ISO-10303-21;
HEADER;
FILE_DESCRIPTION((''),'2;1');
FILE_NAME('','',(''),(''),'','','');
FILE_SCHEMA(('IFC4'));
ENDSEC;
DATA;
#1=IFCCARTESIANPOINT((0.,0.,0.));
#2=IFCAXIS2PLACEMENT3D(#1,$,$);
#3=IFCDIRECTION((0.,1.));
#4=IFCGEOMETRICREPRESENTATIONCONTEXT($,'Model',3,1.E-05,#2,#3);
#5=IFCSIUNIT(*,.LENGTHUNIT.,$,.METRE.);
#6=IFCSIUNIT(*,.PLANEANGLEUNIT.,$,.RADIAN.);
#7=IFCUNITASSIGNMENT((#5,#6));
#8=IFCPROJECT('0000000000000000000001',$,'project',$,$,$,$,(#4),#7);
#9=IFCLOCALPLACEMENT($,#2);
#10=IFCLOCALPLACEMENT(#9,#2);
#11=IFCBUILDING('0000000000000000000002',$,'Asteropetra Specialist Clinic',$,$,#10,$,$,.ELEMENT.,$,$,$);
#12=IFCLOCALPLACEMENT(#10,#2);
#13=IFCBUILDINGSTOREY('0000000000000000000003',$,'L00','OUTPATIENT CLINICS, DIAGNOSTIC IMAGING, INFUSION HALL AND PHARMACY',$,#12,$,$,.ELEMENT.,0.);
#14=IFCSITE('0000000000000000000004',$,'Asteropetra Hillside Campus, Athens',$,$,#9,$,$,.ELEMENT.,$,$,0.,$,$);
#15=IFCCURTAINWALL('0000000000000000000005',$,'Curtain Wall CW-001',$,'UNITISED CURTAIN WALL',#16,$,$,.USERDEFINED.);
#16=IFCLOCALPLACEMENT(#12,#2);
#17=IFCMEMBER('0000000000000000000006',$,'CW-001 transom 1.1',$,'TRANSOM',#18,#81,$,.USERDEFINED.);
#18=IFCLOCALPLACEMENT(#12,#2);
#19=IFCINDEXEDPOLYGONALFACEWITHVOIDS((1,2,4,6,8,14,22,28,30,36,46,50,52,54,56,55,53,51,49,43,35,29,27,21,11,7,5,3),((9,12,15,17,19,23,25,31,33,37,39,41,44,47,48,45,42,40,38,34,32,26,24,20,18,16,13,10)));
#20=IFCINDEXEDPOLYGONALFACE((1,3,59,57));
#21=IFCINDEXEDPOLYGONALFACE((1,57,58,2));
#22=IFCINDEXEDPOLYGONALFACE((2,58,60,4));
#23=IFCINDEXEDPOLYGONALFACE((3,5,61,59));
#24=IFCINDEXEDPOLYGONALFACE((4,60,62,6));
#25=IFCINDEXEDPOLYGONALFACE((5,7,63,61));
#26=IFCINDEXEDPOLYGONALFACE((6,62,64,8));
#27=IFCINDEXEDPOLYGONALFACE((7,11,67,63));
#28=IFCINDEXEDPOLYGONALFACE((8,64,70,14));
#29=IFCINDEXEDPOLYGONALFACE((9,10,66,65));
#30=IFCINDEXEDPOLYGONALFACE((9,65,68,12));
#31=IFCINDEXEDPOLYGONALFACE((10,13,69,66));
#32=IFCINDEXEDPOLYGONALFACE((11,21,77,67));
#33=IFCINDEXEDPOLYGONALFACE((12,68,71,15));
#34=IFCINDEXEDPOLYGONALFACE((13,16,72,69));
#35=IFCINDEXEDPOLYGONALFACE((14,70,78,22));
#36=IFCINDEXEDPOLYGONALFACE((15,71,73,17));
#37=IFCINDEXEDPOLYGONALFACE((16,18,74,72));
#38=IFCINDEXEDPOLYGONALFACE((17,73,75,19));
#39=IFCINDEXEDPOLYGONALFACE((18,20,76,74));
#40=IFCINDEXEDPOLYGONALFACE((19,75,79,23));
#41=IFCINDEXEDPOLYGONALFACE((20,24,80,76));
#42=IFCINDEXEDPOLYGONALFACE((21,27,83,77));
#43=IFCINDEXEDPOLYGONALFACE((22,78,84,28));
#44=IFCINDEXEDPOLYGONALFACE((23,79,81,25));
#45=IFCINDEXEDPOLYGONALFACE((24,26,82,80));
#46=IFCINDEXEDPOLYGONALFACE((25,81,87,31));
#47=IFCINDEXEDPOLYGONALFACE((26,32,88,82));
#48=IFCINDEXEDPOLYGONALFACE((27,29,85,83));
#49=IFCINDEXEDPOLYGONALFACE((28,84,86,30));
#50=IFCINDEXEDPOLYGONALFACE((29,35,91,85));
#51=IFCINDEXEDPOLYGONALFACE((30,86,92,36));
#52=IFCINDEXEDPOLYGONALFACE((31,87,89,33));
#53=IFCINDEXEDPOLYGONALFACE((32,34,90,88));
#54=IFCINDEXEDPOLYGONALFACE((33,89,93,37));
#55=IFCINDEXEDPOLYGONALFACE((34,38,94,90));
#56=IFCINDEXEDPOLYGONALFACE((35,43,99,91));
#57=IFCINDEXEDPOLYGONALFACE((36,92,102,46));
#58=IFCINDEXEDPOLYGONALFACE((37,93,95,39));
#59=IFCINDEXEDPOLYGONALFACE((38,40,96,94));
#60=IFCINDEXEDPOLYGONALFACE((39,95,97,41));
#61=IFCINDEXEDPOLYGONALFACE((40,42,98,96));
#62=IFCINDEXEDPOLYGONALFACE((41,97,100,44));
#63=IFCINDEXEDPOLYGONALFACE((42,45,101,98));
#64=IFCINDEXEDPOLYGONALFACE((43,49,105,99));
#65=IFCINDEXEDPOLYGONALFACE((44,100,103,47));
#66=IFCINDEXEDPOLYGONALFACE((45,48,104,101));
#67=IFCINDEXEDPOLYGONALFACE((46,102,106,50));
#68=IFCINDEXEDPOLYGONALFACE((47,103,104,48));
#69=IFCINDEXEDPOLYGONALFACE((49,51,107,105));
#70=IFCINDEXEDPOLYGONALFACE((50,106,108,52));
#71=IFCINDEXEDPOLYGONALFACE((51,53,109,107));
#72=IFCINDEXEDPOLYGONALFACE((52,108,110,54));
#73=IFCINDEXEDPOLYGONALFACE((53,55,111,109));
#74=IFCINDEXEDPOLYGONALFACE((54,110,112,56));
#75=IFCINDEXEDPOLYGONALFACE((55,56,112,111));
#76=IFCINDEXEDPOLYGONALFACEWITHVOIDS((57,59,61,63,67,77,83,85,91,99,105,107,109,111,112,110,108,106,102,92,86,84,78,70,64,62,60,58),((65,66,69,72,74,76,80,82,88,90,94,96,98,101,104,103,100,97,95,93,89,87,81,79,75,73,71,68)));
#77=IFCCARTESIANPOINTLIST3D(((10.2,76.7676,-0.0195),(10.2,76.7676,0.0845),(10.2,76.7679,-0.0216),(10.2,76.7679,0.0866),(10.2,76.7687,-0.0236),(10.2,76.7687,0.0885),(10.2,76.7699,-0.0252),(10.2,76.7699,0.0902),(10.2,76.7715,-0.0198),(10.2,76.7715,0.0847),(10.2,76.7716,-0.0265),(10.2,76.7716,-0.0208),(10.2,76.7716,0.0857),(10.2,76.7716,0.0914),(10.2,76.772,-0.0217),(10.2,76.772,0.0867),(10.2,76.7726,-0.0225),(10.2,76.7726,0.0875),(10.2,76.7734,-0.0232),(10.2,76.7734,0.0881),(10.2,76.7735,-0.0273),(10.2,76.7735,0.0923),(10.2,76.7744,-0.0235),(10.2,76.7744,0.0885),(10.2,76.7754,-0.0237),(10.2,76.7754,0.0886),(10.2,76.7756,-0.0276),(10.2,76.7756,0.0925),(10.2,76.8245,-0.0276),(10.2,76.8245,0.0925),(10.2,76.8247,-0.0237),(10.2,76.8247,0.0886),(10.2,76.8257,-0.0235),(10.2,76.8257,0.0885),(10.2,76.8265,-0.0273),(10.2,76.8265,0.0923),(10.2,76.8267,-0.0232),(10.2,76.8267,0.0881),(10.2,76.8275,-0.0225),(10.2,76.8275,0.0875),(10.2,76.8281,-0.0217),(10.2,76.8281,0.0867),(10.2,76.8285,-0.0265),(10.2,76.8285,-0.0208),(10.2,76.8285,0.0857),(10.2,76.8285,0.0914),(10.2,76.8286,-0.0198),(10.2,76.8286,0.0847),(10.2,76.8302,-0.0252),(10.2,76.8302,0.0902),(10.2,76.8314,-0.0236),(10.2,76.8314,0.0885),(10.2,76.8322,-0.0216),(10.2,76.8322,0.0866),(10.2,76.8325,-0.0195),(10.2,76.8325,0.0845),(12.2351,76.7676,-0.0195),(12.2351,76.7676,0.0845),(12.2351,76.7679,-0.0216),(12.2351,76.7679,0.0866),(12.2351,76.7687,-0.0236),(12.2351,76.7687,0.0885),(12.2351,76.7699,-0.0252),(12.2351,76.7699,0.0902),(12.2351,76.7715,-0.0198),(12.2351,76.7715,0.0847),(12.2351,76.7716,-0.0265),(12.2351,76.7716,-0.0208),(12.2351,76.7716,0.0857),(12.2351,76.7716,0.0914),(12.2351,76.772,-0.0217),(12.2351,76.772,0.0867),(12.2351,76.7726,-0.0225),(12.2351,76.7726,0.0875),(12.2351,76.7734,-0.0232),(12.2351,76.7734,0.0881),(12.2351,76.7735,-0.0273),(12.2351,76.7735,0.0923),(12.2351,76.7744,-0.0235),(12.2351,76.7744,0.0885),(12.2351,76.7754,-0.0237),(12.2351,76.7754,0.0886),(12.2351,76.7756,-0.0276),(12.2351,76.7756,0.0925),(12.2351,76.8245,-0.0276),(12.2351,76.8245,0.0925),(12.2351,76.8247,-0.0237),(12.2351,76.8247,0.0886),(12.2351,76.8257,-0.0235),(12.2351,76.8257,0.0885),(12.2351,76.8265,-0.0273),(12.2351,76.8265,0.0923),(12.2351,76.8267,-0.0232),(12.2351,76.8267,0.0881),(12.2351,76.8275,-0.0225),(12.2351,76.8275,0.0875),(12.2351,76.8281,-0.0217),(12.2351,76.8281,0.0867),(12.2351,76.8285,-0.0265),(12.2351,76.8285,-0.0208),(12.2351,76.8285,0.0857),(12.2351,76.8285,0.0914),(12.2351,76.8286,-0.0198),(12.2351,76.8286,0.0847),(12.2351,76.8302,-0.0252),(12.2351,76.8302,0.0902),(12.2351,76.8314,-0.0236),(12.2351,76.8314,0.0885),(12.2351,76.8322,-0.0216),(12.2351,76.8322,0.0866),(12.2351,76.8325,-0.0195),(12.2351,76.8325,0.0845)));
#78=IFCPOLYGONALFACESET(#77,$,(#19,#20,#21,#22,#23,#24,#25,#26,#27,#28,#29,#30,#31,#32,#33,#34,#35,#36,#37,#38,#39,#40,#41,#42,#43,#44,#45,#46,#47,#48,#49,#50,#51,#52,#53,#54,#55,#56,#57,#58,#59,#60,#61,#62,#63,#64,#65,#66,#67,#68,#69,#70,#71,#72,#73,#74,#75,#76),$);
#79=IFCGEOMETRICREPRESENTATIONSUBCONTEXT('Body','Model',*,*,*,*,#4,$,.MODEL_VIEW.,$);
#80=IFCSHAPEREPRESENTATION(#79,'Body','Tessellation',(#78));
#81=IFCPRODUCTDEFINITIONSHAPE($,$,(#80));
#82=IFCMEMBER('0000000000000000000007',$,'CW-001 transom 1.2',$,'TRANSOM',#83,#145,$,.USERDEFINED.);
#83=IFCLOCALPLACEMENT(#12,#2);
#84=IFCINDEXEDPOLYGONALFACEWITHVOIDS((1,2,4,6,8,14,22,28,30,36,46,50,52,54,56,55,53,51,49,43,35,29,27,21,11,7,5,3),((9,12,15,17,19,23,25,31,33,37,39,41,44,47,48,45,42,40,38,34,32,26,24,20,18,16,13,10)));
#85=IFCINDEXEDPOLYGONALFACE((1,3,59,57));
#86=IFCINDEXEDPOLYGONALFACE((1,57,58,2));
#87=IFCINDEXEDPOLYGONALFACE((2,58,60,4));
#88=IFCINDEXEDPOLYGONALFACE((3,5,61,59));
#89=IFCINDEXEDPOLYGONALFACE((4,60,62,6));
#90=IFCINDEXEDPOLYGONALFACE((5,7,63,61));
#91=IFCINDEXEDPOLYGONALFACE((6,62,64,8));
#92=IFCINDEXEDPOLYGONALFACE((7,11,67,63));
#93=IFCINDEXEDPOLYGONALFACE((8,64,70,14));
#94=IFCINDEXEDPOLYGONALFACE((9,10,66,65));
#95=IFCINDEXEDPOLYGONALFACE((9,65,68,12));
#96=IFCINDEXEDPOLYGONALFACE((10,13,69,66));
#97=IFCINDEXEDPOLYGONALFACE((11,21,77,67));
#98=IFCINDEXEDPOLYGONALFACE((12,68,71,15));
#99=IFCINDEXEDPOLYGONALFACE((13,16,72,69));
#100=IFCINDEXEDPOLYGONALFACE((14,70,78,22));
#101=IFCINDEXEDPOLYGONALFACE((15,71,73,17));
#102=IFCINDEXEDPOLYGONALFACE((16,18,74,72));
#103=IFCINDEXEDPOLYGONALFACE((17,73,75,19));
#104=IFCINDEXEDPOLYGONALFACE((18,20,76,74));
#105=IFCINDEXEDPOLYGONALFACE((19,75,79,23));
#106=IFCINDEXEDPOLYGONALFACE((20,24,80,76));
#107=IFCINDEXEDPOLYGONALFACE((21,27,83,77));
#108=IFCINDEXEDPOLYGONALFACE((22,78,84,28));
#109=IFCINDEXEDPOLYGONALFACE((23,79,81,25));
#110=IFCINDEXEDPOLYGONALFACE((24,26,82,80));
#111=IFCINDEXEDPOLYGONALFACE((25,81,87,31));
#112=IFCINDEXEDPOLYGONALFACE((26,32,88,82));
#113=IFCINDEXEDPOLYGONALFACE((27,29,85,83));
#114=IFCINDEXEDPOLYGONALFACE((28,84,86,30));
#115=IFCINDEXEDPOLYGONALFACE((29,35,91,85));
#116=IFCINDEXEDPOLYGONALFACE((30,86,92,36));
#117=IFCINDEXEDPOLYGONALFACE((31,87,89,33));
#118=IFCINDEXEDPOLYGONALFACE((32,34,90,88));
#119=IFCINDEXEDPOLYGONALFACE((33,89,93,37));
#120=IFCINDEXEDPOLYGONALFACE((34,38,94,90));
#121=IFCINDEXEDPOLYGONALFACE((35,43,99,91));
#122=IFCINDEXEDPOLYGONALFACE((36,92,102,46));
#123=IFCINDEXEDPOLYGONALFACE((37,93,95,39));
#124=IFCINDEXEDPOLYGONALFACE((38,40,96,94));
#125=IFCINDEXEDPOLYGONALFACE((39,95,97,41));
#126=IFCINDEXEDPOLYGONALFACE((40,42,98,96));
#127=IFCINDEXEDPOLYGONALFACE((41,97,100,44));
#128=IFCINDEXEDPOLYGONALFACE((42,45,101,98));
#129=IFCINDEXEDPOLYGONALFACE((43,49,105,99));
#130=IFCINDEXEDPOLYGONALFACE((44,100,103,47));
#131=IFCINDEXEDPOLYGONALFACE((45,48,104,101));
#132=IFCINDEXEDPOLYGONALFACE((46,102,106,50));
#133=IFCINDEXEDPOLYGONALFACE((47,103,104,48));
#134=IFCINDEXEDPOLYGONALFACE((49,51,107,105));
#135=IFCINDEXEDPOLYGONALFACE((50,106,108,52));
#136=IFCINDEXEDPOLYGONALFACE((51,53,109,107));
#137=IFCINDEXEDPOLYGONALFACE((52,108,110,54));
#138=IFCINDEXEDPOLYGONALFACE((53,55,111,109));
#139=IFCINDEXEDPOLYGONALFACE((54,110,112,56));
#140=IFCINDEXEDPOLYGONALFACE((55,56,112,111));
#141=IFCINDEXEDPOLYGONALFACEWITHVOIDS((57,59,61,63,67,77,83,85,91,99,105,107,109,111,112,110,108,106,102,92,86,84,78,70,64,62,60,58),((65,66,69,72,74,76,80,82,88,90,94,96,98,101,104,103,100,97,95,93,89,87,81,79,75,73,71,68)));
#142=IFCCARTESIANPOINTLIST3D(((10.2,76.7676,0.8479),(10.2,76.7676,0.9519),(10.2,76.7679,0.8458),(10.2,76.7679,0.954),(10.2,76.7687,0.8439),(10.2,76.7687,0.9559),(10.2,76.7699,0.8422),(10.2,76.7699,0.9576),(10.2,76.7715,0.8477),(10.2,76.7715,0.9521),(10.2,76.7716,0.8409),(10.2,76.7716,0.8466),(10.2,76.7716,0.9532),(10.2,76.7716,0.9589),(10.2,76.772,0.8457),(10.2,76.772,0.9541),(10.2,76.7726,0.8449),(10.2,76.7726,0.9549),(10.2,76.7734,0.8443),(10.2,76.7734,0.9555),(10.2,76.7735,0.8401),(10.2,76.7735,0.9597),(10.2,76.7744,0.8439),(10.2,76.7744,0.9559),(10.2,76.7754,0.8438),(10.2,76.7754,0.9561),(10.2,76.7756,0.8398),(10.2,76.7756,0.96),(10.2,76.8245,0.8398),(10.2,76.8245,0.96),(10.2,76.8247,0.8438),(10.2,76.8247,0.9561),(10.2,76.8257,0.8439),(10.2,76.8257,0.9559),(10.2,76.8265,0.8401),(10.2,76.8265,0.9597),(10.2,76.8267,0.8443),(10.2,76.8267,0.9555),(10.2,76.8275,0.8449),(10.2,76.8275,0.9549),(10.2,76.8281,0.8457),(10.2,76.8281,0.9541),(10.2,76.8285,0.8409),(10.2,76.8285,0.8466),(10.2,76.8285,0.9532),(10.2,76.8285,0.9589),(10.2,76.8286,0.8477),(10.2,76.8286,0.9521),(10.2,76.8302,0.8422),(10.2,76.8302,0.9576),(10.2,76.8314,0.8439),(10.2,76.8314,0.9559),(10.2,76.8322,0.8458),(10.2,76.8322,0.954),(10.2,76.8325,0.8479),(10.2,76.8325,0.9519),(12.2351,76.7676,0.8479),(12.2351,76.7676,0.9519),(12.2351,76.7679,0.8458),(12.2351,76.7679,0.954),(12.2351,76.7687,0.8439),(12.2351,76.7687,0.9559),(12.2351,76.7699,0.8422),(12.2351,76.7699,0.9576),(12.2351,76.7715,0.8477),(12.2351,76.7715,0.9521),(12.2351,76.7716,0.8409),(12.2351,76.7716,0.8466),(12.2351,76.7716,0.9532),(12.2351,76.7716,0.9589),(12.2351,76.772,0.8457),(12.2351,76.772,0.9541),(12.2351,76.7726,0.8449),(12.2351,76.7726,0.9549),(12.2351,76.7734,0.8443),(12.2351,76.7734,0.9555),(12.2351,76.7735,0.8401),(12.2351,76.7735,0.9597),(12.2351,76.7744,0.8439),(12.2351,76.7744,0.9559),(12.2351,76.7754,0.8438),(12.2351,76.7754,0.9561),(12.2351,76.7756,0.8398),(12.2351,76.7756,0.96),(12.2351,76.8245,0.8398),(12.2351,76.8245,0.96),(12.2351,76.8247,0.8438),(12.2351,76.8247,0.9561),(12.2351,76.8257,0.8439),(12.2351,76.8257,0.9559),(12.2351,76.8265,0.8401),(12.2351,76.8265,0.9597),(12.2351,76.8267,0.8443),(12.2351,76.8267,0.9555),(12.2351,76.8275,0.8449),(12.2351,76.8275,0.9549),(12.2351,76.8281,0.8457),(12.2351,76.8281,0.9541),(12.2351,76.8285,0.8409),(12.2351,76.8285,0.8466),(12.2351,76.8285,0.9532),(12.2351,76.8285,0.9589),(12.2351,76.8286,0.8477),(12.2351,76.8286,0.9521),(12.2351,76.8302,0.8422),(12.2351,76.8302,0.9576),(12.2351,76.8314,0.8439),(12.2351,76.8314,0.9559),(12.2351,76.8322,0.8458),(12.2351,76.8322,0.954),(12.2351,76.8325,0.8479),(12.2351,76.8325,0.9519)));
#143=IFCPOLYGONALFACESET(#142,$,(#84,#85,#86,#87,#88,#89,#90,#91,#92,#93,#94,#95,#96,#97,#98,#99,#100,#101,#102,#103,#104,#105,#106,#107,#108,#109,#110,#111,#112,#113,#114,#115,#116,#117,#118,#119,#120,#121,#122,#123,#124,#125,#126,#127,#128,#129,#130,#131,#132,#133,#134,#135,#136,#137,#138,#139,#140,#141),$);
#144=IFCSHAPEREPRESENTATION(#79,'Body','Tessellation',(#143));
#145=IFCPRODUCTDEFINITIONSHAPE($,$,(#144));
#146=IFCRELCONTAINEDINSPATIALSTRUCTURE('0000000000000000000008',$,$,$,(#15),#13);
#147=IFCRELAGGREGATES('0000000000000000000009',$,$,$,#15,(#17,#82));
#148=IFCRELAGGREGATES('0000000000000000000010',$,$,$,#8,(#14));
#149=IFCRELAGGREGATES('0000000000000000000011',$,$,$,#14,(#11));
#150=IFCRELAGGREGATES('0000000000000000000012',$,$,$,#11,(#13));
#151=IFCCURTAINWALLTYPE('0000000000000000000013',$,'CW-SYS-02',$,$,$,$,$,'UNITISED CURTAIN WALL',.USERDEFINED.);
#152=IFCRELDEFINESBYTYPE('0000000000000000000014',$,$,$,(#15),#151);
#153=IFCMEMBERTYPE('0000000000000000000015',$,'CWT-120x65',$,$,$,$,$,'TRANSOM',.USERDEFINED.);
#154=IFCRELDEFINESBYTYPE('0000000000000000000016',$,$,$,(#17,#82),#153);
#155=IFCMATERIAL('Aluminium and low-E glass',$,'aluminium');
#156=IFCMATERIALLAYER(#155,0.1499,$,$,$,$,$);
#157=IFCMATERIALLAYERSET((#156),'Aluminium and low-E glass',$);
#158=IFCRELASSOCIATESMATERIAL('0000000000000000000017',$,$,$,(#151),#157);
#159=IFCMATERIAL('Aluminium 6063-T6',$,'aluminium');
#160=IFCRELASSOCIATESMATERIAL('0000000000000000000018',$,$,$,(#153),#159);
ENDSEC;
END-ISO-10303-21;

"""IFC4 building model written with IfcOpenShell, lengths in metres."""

from ifc_helpers import new_model, si_unit, direction, frame, origin, origin_2d, place, context, subcontext, project, spatial, hollow_rectangle, extrude, material, layer, layer_set, material_profile, profile_set, type_object, element, aggregate, save


model = new_model("IFC4")

# Units and contexts
model_context = context("Model", 3, precision=1e-05, world=origin(), true_north=direction((0.0, 1.0)))
body_context = subcontext(model_context, "Body", "Model", "MODEL_VIEW")
ifc_project = project(units=[si_unit("LENGTHUNIT", "METRE"), si_unit("PLANEANGLEUNIT", "RADIAN")], contexts=[model_context])

# Site, building, storey
site_placement = place(None, origin())
site = spatial("IfcSite", under=ifc_project, at=site_placement, Name="Asteropetra Hillside Campus, Athens", CompositionType="ELEMENT", RefElevation=0.0)
building_placement = place(site_placement, origin())
building = spatial("IfcBuilding", under=site, at=building_placement, Name="Asteropetra Specialist Clinic", CompositionType="ELEMENT")
storey_placement = place(building_placement, origin())
storey = spatial("IfcBuildingStorey", under=building, at=storey_placement, Name="L00", Description="OUTPATIENT CLINICS, DIAGNOSTIC IMAGING, INFUSION HALL AND PHARMACY", CompositionType="ELEMENT", Elevation=0.0)

# Curtain wall, members
ifc_material_1 = material(Name="Aluminium and low-E glass", Category="aluminium")
ifc_layer_1 = layer(ifc_material_1, 0.1499)
ifc_layer_set_1 = layer_set([ifc_layer_1], Name="Aluminium and low-E glass")
curtain_wall_type = type_object("IfcCurtainWallType", Name="CW-SYS-02", ElementType="UNITISED CURTAIN WALL", PredefinedType="USERDEFINED", material=ifc_layer_set_1)
curtain_wall_placement = place(storey_placement, origin())
curtain_wall = element("IfcCurtainWall", 1, at=curtain_wall_placement, inside=storey, type_object=curtain_wall_type, Name="Curtain Wall CW-001", ObjectType="UNITISED CURTAIN WALL", PredefinedType="USERDEFINED")
ifc_material_2 = material(Name="Aluminium 6063-T6", Category="aluminium")
ifc_material_profile_1 = material_profile(ifc_material_2, hollow_rectangle(XDim=0.0649, YDim=0.1201, WallThickness=0.0039, InnerFilletRadius=0.0039, OuterFilletRadius=0.0081, at=origin_2d()), Name="TRN 120x65x4.0")
ifc_profile_set_1 = profile_set([ifc_material_profile_1], Name="Aluminium 6063-T6")
member_type_1 = type_object("IfcMemberType", Name="CWT-120x65", ElementType="TRANSOM", PredefinedType="USERDEFINED", material=ifc_profile_set_1)
member_1_placement = place(storey_placement, frame((10.2, 76.8, 0.0325), z_axis=(1.0, 0.0, 0.0), x_axis=(0.0, 1.0, 0.0)))
member_1 = element("IfcMember", 2, at=member_1_placement, type_object=member_type_1, Name="CW-001 transom 1.1", ObjectType="TRANSOM", PredefinedType="USERDEFINED", context=body_context, shape_type="SweptSolid", body=[
    extrude(hollow_rectangle(XDim=0.0649, YDim=0.1201, WallThickness=0.0039, InnerFilletRadius=0.0039, OuterFilletRadius=0.0081, at=origin_2d()), origin(), (0.0, 0.0, 1.0), 2.0352),
])
member_2_placement = place(storey_placement, frame((10.2, 76.8, 0.8999), z_axis=(1.0, 0.0, 0.0), x_axis=(0.0, 1.0, 0.0)))
member_2 = element("IfcMember", 3, at=member_2_placement, type_object=member_type_1, Name="CW-001 transom 1.2", ObjectType="TRANSOM", PredefinedType="USERDEFINED", context=body_context, shape_type="SweptSolid", body=[
    extrude(hollow_rectangle(XDim=0.0649, YDim=0.1201, WallThickness=0.0039, InnerFilletRadius=0.0039, OuterFilletRadius=0.0081, at=origin_2d()), origin(), (0.0, 0.0, 1.0), 2.0352),
])
aggregate(curtain_wall, [member_1, member_2])

save(model, "model.ifc")
